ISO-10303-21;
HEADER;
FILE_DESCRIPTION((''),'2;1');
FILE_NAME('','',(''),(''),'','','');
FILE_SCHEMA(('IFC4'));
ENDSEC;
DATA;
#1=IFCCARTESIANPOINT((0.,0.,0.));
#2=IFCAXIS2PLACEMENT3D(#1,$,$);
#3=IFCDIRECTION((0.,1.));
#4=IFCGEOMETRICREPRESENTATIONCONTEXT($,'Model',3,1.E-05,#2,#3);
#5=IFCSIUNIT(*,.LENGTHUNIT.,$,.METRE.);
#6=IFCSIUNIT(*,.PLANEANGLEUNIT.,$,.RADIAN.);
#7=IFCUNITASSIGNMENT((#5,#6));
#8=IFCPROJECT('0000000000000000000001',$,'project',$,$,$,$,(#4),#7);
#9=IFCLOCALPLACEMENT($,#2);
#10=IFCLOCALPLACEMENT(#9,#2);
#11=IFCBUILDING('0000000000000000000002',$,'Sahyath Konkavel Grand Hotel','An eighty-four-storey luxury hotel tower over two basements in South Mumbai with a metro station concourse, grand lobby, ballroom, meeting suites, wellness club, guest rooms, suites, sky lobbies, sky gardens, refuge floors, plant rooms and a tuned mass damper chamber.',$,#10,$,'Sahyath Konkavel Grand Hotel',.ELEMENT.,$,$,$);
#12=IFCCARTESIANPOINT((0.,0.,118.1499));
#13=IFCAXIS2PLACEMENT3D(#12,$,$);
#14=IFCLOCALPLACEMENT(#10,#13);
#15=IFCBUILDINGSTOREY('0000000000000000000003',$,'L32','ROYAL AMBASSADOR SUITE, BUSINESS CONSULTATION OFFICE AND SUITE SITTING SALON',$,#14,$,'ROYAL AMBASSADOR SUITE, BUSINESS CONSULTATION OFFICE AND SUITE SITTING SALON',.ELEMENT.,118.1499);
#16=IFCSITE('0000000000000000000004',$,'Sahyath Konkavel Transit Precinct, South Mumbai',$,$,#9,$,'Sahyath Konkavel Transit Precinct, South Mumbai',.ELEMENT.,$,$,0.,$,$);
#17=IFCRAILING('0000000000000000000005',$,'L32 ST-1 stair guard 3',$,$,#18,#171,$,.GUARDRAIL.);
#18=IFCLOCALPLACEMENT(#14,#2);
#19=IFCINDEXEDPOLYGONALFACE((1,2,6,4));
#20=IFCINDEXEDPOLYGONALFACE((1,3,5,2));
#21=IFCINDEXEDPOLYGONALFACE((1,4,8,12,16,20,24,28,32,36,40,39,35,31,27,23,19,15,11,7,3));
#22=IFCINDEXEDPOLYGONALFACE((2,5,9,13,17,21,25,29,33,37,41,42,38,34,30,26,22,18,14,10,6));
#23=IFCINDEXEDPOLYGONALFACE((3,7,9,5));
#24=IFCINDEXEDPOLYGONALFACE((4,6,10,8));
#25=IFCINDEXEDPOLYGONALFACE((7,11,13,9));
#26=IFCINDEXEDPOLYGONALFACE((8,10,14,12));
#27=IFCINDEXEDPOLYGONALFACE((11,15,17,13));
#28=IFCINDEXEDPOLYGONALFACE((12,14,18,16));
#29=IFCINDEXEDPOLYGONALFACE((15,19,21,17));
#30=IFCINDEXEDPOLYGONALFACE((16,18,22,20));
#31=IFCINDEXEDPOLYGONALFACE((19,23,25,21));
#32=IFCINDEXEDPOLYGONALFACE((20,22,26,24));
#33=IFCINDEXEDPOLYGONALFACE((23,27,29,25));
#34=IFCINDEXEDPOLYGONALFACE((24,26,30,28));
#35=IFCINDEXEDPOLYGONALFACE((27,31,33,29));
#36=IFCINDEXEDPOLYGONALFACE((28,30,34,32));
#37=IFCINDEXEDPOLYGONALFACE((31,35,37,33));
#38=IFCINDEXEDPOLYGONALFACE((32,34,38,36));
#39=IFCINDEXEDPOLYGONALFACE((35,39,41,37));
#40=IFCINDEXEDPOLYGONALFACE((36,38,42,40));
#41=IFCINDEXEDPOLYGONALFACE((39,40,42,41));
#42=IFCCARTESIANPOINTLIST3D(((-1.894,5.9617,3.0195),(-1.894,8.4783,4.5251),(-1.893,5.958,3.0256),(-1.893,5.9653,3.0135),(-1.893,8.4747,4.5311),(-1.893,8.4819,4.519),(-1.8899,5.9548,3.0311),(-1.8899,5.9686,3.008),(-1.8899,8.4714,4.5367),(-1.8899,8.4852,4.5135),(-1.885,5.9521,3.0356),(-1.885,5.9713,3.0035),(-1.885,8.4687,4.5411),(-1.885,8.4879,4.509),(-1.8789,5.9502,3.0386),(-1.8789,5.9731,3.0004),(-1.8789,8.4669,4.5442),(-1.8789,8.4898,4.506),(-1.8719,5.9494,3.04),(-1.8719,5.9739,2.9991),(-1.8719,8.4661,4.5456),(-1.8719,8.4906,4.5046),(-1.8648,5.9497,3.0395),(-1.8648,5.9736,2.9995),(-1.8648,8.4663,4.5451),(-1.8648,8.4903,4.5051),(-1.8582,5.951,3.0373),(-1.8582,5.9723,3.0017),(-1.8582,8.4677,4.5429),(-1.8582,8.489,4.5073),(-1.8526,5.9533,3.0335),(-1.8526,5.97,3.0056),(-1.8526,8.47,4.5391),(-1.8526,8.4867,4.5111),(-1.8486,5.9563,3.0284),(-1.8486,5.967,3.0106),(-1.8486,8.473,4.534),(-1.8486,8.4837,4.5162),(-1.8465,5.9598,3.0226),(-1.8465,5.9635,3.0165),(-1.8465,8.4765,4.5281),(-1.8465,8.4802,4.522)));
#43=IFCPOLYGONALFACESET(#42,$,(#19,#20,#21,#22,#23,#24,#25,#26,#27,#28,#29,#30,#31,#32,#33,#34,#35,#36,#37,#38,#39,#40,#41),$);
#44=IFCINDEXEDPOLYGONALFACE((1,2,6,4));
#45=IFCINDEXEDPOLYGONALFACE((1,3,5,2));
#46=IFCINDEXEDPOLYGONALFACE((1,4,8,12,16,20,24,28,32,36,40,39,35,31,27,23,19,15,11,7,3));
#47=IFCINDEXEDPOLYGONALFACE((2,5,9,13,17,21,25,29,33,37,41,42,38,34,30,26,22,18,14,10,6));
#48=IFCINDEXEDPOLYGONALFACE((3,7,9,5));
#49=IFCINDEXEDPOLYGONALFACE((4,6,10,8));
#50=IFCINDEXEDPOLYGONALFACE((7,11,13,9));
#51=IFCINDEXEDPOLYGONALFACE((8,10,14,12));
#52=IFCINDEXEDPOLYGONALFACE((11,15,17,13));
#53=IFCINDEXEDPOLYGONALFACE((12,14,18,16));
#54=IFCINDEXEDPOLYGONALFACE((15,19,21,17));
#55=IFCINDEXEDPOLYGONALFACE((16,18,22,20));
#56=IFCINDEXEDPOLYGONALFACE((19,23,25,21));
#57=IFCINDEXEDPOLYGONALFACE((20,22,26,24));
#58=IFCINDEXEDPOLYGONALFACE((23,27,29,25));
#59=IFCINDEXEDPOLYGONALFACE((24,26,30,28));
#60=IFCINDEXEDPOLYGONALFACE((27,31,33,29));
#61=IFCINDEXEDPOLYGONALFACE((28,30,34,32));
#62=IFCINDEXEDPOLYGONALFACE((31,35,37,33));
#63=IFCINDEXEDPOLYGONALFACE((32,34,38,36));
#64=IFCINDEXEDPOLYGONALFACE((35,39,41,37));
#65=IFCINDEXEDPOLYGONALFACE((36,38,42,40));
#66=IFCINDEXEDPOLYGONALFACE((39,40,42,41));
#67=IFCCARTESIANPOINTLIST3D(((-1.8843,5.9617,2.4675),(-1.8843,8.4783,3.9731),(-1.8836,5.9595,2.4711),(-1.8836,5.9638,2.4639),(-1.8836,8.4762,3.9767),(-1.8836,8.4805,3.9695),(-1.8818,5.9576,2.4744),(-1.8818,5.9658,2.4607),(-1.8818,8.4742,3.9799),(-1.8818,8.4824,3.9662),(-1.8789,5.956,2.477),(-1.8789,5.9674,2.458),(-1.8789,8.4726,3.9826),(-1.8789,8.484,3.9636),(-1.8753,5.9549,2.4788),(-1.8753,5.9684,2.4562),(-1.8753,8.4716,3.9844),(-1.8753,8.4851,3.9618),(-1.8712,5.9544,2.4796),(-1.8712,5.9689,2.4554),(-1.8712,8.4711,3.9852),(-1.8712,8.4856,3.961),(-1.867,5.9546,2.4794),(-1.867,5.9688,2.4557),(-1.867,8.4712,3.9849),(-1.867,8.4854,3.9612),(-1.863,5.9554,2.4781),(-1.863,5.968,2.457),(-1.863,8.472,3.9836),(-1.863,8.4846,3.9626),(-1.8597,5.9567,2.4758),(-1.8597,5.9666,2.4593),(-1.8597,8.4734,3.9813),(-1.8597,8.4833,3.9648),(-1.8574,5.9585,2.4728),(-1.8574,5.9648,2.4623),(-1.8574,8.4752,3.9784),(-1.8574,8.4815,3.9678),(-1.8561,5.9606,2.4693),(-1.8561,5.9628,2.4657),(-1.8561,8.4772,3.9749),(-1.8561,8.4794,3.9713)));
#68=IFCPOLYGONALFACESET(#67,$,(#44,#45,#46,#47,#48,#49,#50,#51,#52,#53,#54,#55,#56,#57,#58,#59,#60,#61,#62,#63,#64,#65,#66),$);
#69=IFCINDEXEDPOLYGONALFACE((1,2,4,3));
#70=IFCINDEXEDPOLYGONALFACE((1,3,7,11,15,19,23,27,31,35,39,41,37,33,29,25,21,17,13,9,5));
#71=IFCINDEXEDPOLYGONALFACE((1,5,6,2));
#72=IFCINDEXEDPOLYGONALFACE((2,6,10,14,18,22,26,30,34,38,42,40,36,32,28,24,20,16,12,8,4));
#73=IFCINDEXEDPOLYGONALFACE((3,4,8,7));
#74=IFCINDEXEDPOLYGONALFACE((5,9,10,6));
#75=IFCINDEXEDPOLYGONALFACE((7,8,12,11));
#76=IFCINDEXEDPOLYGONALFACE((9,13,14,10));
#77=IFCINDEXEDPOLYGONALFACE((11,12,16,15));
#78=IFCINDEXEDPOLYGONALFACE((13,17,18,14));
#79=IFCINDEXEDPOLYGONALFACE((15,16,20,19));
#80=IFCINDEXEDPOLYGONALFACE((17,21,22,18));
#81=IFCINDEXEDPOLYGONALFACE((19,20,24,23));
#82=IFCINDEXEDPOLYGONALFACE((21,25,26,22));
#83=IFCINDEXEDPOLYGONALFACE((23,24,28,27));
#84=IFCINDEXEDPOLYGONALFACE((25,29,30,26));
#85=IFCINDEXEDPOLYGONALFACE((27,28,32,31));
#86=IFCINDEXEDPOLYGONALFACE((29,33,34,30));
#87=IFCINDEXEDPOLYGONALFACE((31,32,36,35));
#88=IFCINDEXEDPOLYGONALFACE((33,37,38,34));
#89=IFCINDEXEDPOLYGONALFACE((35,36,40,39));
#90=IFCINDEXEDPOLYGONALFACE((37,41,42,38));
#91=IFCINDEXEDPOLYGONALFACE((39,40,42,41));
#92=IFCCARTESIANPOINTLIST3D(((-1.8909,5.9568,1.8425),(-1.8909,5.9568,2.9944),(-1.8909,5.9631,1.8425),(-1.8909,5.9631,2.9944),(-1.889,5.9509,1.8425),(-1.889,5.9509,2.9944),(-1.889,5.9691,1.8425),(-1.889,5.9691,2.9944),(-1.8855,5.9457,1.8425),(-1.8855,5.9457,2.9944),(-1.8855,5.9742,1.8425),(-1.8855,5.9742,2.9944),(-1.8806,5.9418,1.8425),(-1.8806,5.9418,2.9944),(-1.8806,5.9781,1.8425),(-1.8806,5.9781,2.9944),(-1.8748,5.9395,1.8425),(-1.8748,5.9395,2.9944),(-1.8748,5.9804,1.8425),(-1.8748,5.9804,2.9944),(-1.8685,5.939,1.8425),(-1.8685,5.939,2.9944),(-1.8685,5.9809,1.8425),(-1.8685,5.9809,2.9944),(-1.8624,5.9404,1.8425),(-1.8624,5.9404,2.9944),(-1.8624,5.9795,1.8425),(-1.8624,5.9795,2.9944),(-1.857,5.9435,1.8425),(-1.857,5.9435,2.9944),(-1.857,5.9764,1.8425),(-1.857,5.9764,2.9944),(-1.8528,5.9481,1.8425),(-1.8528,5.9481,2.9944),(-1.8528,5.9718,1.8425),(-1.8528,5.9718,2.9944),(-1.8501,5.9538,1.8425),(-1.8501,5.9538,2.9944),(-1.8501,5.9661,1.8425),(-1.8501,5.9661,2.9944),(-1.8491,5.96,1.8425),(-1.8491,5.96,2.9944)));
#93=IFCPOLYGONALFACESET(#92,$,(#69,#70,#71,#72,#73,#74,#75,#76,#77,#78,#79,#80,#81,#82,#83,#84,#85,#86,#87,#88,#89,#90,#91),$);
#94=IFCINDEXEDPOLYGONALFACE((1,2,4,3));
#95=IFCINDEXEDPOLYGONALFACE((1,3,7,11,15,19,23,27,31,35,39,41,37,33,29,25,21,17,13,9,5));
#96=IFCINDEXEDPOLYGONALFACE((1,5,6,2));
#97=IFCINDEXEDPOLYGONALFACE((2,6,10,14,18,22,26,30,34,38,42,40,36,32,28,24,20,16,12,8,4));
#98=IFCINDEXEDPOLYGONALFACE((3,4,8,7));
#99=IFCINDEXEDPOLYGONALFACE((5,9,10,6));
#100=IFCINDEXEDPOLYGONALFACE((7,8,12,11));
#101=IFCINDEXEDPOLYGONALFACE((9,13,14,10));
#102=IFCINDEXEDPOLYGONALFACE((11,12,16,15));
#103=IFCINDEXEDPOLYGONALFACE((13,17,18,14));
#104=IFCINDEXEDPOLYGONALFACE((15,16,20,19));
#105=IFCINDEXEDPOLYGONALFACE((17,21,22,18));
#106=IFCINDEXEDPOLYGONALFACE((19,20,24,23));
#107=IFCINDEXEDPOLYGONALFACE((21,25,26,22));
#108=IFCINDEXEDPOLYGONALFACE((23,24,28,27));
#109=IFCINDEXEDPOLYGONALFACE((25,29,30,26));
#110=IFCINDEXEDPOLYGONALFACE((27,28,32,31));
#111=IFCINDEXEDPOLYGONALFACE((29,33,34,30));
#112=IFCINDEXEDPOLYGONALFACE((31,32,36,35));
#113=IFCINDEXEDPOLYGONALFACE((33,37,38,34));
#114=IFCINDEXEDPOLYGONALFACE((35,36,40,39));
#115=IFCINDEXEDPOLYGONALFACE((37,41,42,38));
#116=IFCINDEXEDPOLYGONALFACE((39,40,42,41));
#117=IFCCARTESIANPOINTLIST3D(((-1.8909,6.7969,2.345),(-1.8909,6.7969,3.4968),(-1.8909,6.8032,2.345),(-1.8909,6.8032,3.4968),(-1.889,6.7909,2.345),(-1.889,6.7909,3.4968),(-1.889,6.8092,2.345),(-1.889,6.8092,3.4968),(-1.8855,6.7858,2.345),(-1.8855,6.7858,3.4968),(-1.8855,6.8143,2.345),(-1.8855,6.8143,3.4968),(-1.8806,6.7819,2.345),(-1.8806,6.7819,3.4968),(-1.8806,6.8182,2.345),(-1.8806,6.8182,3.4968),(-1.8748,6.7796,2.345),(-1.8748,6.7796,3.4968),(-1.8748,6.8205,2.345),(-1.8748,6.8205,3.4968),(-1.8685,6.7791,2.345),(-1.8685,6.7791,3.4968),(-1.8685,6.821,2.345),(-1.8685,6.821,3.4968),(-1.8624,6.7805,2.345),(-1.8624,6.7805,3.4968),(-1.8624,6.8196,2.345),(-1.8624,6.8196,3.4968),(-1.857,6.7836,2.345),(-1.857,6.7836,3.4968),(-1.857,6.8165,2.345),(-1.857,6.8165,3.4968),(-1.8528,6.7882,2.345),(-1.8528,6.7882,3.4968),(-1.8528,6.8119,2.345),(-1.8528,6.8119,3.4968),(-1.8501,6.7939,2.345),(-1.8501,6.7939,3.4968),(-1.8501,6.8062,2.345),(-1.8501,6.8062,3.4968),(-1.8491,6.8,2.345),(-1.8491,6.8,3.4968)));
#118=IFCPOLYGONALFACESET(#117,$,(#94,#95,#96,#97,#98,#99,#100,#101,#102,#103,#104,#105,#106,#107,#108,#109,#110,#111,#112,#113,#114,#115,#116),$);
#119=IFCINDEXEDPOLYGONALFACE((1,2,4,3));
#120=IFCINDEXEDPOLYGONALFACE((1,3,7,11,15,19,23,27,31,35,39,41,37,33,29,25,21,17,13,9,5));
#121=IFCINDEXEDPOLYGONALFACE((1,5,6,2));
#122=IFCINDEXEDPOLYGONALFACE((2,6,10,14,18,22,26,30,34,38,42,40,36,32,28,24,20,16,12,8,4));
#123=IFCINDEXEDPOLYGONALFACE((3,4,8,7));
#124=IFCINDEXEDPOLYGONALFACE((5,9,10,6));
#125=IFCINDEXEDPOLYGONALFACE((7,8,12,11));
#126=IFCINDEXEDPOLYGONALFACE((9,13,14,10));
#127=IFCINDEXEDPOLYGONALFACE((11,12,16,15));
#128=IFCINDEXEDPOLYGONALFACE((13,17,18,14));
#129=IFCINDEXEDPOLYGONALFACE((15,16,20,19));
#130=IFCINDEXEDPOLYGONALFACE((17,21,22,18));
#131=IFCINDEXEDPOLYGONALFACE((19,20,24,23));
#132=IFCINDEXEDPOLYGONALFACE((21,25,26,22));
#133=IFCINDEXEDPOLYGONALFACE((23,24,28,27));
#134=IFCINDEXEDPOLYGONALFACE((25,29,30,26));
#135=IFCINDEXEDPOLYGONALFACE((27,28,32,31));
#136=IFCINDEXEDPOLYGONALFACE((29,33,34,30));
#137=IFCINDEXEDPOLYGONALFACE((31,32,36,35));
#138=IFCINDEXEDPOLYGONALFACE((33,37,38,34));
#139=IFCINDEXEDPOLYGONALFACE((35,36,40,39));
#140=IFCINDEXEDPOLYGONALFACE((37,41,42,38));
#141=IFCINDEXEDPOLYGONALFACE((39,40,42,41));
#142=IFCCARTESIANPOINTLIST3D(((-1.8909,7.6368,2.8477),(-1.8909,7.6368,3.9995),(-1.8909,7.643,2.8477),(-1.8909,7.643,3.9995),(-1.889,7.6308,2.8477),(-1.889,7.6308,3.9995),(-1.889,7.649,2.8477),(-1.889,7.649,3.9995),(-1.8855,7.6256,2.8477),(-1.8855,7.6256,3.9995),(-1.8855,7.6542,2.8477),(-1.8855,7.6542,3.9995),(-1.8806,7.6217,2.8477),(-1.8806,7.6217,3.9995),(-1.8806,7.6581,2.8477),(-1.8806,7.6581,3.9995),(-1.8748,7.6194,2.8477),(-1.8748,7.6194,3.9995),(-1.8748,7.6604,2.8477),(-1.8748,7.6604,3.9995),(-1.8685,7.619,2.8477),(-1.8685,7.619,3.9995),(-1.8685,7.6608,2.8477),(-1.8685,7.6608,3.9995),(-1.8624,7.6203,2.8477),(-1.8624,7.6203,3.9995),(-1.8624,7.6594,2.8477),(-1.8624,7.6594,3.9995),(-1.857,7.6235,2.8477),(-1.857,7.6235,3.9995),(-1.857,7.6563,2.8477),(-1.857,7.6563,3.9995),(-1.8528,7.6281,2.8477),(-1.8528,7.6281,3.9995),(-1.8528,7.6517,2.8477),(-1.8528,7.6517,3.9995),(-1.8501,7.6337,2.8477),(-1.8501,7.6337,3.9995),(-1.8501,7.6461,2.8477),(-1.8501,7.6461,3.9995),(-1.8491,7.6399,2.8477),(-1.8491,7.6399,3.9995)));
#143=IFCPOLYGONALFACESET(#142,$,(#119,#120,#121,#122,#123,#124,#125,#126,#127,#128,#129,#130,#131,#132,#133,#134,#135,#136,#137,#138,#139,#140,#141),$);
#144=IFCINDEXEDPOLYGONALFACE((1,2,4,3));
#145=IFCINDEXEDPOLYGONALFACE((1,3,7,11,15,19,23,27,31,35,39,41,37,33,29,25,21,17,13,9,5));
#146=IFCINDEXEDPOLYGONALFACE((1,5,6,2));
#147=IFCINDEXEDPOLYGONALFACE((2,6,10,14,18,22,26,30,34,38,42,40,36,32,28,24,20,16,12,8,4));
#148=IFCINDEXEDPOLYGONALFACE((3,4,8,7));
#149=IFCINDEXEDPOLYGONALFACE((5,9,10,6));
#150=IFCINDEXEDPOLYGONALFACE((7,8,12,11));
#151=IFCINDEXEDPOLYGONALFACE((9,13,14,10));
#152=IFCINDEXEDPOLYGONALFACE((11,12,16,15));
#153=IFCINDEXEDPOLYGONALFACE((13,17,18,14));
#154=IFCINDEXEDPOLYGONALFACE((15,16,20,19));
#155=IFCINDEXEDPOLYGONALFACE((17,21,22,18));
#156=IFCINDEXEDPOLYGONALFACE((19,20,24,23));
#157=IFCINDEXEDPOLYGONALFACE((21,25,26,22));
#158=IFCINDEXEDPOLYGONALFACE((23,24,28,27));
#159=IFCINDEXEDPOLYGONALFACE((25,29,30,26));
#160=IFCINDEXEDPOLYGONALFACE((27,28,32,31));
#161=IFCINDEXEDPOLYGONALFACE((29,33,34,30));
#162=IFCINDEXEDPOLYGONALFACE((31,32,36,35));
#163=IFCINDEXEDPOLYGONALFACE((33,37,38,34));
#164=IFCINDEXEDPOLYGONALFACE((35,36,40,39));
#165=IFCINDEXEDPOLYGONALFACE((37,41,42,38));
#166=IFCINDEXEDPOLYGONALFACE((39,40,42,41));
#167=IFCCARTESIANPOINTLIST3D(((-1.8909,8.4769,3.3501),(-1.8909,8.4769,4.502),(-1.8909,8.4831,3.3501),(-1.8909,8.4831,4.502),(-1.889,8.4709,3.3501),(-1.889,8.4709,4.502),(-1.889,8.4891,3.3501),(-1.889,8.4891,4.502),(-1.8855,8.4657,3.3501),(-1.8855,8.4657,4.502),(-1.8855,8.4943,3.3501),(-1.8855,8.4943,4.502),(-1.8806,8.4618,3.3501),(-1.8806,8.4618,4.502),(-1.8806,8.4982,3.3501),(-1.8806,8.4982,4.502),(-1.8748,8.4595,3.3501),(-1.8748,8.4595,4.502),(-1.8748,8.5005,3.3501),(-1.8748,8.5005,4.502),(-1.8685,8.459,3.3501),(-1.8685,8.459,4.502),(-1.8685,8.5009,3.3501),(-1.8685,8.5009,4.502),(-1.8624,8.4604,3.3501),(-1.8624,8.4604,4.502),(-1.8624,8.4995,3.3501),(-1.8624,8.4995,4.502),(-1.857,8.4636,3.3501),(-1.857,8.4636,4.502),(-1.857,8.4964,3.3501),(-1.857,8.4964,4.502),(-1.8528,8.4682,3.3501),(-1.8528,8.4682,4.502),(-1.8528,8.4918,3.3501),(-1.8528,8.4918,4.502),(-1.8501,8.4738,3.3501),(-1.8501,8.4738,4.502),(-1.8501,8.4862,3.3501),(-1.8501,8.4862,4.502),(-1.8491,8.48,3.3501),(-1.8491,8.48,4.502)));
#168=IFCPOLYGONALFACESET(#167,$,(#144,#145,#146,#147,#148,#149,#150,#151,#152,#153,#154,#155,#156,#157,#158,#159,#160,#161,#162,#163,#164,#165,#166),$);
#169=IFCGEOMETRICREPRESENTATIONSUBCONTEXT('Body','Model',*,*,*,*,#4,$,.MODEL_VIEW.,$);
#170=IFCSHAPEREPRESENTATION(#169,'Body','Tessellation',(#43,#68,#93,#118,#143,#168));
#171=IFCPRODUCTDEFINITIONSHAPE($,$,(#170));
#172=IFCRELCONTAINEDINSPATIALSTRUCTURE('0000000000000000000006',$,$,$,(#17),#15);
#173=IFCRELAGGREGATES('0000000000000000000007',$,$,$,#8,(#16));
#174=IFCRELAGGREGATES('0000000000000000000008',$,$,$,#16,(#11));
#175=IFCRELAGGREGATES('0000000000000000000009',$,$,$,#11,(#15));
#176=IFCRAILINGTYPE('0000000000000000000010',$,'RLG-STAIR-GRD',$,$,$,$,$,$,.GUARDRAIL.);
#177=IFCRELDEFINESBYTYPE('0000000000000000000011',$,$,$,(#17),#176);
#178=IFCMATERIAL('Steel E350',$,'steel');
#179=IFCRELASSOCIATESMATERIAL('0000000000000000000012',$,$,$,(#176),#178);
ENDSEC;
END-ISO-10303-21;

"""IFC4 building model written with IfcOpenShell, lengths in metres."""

from ifc_helpers import new_model, si_unit, direction, frame, origin, origin_2d, place, context, subcontext, project, spatial, circle, extrude, material, type_object, element, save


model = new_model("IFC4")

# Units and contexts
model_context = context("Model", 3, precision=1e-05, world=origin(), true_north=direction((0.0, 1.0)))
body_context = subcontext(model_context, "Body", "Model", "MODEL_VIEW")
ifc_project = project(units=[si_unit("LENGTHUNIT", "METRE"), si_unit("PLANEANGLEUNIT", "RADIAN")], contexts=[model_context])

# Site, building, storey
site_placement = place(None, origin())
site = spatial("IfcSite", under=ifc_project, at=site_placement, Name="Sahyath Konkavel Transit Precinct, South Mumbai", LongName="Sahyath Konkavel Transit Precinct, South Mumbai", CompositionType="ELEMENT", RefElevation=0.0)
building_placement = place(site_placement, origin())
building = spatial("IfcBuilding", under=site, at=building_placement, Name="Sahyath Konkavel Grand Hotel", Description="An eighty-four-storey luxury hotel tower over two basements in South Mumbai with a metro station concourse, grand lobby, ballroom, meeting suites, wellness club, guest rooms, suites, sky lobbies, sky gardens, refuge floors, plant rooms and a tuned mass damper chamber.", LongName="Sahyath Konkavel Grand Hotel", CompositionType="ELEMENT")
storey_placement = place(building_placement, frame((0.0, 0.0, 118.1499)))
storey = spatial("IfcBuildingStorey", under=building, at=storey_placement, Name="L32", Description="ROYAL AMBASSADOR SUITE, BUSINESS CONSULTATION OFFICE AND SUITE SITTING SALON", LongName="ROYAL AMBASSADOR SUITE, BUSINESS CONSULTATION OFFICE AND SUITE SITTING SALON", CompositionType="ELEMENT", Elevation=118.1499)

# Shared definitions
ifc_material_1 = material(Name="Steel E350", Category="steel")

# Railing
railing_type_1 = type_object("IfcRailingType", Name="RLG-STAIR-GRD", PredefinedType="GUARDRAIL", material=ifc_material_1)
railing_1_placement = place(storey_placement, frame((-1.8701, 5.96, 1.8425)))
element("IfcRailing", 1, at=railing_1_placement, inside=storey, type_object=railing_type_1, Name="L32 ST-1 stair guard 3", PredefinedType="GUARDRAIL", context=body_context, shape_type="SweptSolid", body=[
    extrude(circle(Radius=0.0239, at=origin_2d()), frame((0.0, 0.0017, 1.177), z_axis=(0.0, 0.85816, 0.513383), x_axis=(-1.0, 0.0, 0.0)), (0.0, 0.0, 1.0), 2.9326),
    extrude(circle(Radius=0.0142, at=origin_2d()), frame((0.0, 0.0017, 0.625), z_axis=(0.0, 0.85816, 0.513383), x_axis=(-1.0, 0.0, 0.0)), (0.0, 0.0, 1.0), 2.9326),
    extrude(circle(Radius=0.021, at=origin_2d()), origin(), (0.0, 0.0, 1.0), 1.1519),
    extrude(circle(Radius=0.021, at=origin_2d()), frame((0.0, 0.8401, 0.5024)), (0.0, 0.0, 1.0), 1.1519),
    extrude(circle(Radius=0.021, at=origin_2d()), frame((0.0, 1.6799, 1.0051)), (0.0, 0.0, 1.0), 1.1519),
    extrude(circle(Radius=0.021, at=origin_2d()), frame((0.0, 2.52, 1.5076)), (0.0, 0.0, 1.0), 1.1519),
])

save(model, "model.ifc")
